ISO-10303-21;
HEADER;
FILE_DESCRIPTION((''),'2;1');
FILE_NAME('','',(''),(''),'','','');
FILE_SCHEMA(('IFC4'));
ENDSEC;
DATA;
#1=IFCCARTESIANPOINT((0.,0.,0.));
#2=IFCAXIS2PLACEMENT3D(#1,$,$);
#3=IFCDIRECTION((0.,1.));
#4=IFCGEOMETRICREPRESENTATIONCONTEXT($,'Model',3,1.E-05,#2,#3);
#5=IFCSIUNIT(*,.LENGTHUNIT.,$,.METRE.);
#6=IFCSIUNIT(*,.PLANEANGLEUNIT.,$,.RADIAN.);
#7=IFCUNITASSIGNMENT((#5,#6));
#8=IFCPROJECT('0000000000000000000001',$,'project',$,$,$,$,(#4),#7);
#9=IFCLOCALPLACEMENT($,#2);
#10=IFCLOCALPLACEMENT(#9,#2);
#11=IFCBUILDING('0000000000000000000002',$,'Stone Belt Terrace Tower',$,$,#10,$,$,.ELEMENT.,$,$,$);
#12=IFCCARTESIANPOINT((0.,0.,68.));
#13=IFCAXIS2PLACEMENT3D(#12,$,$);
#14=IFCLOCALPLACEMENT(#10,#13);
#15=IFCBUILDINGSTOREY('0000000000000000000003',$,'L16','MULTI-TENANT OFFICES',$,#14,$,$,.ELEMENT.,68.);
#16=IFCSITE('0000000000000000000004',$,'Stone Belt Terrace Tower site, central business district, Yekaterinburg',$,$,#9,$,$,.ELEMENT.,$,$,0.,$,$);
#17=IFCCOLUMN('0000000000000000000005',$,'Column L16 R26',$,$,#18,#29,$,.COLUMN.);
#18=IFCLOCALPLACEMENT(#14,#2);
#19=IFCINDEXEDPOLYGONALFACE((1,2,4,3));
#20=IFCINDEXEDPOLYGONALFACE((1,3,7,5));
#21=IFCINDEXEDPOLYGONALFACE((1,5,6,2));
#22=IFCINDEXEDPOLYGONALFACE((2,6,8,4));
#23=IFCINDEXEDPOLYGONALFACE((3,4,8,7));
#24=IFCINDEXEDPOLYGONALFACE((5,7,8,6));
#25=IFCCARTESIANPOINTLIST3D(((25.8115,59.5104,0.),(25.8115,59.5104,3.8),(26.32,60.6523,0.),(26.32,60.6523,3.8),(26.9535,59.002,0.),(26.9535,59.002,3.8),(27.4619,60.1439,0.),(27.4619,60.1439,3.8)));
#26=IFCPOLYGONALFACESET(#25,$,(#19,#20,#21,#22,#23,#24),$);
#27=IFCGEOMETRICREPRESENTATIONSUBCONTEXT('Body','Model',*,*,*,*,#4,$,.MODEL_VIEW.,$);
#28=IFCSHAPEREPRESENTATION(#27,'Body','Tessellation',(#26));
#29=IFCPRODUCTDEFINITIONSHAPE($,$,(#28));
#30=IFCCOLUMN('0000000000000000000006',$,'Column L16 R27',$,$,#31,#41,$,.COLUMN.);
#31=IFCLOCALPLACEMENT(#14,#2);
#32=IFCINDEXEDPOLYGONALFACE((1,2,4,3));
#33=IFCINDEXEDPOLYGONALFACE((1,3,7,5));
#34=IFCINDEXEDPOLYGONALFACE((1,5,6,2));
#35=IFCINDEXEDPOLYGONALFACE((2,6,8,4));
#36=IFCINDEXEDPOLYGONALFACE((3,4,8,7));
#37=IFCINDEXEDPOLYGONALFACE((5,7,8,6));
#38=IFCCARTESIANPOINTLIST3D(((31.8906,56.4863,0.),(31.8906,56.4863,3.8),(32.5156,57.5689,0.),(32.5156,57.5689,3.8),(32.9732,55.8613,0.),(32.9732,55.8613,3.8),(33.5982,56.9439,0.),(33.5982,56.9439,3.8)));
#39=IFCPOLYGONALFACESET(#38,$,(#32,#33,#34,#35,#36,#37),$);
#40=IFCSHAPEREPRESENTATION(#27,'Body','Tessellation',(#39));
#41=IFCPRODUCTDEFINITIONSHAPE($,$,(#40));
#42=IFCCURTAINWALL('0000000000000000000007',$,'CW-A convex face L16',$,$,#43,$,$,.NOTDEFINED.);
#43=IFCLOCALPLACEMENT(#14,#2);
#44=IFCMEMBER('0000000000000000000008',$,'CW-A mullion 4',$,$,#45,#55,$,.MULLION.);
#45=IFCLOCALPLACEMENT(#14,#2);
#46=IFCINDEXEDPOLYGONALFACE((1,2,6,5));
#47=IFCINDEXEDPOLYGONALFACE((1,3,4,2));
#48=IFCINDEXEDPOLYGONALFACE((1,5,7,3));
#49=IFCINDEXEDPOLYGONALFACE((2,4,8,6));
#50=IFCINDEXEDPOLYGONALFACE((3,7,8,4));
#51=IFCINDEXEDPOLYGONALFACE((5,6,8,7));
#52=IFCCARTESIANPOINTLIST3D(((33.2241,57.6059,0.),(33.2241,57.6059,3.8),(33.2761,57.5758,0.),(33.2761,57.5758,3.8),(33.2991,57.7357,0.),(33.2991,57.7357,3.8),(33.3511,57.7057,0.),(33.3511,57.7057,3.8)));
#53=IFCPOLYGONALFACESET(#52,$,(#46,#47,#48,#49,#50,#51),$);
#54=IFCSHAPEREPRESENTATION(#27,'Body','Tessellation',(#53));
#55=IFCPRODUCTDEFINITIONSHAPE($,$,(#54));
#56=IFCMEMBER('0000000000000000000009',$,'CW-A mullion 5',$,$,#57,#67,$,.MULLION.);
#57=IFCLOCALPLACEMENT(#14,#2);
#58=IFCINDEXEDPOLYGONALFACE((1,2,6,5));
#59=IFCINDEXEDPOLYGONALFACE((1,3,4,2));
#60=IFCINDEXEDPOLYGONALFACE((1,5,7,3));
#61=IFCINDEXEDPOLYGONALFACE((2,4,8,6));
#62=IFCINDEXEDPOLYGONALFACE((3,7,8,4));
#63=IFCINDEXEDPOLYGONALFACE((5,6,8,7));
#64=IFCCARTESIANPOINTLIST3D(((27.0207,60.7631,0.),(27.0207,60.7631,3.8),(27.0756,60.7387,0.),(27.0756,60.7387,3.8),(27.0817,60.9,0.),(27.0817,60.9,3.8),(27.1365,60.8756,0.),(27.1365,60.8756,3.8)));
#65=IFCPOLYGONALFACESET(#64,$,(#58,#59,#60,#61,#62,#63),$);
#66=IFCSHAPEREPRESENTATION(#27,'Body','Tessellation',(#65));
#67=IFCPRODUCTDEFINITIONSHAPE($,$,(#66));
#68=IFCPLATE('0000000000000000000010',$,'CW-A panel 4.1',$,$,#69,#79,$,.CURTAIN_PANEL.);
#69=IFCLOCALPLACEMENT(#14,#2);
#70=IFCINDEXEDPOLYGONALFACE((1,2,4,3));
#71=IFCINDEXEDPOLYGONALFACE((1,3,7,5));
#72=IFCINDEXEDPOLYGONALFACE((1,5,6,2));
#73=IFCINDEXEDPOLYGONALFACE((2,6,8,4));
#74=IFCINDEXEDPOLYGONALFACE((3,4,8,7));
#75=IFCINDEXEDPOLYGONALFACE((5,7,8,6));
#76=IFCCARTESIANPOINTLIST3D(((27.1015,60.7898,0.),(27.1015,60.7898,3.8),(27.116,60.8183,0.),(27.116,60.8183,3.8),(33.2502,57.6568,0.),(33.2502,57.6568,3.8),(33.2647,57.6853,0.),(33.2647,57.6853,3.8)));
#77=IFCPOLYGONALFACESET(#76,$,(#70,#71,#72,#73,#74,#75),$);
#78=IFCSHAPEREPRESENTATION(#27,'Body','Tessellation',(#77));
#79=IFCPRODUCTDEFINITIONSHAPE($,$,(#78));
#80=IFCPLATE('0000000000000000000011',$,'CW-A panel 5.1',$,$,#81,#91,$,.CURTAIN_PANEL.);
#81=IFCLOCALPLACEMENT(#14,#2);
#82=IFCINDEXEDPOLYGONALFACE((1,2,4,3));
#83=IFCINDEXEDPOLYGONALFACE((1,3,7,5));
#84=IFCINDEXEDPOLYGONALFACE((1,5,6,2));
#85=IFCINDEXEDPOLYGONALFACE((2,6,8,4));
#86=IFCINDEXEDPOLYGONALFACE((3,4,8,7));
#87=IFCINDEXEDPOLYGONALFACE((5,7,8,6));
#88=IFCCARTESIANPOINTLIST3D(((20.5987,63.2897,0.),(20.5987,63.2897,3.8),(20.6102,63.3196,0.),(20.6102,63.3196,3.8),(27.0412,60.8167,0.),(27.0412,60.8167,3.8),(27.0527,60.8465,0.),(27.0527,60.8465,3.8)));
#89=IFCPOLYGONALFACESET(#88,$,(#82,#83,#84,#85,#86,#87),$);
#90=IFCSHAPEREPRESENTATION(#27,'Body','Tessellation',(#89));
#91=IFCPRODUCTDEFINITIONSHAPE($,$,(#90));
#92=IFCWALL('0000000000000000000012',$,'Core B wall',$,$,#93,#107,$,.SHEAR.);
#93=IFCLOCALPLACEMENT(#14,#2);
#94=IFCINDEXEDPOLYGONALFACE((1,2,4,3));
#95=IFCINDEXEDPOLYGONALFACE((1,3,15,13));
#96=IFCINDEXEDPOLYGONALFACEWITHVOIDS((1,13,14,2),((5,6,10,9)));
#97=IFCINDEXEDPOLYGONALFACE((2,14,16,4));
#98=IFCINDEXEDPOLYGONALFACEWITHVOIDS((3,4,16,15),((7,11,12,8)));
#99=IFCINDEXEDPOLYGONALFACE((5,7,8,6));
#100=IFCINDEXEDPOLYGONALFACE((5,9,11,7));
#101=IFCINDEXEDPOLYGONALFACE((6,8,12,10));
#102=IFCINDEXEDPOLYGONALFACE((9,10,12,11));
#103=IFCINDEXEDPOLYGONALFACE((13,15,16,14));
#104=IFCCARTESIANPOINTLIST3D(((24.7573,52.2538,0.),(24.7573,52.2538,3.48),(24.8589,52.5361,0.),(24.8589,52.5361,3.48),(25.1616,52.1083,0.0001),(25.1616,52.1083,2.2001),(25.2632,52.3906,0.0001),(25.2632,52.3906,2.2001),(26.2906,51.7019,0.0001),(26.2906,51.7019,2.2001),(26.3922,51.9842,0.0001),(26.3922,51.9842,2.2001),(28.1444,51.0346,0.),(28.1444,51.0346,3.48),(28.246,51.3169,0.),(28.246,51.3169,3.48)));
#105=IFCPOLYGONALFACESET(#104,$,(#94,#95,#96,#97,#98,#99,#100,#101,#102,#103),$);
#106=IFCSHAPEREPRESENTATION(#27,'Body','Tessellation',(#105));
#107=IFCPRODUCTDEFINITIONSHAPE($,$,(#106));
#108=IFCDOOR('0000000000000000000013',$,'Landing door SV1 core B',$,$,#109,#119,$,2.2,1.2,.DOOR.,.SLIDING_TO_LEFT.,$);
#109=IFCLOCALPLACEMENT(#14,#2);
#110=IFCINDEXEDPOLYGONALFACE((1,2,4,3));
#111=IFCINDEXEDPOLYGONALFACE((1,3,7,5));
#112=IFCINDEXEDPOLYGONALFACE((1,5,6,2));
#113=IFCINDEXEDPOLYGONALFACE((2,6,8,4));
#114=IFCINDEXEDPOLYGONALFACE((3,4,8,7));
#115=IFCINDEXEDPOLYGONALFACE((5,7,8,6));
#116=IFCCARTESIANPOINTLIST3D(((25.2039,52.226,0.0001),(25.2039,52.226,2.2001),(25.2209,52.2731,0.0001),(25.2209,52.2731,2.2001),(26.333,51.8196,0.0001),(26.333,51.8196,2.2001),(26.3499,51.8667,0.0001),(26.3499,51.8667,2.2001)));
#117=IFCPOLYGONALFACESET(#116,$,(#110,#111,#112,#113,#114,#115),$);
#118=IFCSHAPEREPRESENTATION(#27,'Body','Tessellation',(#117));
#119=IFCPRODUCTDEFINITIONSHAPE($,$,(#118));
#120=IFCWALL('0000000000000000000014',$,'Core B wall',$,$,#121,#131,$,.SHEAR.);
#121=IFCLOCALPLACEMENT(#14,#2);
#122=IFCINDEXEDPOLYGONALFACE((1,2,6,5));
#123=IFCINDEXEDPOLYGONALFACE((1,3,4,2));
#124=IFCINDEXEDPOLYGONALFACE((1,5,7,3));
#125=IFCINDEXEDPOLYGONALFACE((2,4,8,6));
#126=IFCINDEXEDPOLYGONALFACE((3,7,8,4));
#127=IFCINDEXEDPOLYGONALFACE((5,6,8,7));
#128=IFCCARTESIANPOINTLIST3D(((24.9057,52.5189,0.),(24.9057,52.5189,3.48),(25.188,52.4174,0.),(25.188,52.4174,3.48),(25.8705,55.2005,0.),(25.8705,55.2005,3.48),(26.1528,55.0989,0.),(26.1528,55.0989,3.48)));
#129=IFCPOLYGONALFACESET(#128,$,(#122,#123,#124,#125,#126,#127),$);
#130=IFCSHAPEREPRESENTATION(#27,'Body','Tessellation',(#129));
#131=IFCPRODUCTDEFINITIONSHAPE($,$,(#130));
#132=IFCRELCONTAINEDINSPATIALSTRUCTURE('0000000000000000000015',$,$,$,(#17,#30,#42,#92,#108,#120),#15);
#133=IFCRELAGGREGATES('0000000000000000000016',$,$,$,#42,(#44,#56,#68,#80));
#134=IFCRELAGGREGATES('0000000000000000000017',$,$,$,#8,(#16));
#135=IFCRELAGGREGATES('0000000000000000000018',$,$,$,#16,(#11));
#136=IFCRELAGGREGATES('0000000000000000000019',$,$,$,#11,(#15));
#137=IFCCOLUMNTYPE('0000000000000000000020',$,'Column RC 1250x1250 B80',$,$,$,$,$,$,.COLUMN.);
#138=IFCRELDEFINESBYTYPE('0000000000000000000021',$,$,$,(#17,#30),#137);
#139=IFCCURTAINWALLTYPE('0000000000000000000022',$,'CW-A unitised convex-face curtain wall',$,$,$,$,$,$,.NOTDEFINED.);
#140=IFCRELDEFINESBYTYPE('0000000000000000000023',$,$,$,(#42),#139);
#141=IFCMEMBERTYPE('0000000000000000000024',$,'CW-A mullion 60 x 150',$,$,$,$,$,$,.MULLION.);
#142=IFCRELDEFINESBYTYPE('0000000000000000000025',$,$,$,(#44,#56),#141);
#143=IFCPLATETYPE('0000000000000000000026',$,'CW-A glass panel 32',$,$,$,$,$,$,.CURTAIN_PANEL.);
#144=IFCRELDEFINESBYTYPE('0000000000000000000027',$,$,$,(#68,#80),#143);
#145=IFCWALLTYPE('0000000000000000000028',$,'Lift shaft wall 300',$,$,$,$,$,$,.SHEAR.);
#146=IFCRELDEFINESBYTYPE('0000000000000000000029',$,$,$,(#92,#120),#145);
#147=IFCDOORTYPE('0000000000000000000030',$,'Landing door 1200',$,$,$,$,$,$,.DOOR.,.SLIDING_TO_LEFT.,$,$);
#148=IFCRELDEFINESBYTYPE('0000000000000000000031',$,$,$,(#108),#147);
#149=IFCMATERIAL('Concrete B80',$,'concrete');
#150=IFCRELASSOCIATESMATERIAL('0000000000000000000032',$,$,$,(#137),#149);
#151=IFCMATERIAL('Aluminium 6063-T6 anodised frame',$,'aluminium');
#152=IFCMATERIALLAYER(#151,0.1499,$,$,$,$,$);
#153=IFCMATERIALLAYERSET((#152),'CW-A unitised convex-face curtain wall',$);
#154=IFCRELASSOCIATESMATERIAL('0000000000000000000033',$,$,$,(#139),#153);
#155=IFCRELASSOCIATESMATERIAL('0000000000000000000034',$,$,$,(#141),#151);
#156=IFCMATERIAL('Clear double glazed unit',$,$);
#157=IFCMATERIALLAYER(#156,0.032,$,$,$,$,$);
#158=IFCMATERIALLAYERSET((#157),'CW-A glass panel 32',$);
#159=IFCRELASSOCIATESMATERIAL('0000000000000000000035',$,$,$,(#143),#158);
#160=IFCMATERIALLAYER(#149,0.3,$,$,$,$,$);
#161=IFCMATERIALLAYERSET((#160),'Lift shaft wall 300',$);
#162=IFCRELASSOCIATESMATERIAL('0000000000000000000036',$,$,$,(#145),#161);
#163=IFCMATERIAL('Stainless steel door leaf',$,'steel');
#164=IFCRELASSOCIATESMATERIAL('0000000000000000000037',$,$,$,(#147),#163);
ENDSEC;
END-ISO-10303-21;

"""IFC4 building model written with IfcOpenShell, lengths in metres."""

from ifc_helpers import new_model, si_unit, direction, frame, frame_2d, origin, origin_2d, place, context, subcontext, project, spatial, rectangle, extrude, material, layer, layer_set, material_profile, profile_set, type_object, element, fill, aggregate, save


model = new_model("IFC4")

# Units and contexts
model_context = context("Model", 3, precision=1e-05, world=origin(), true_north=direction((0.0, 1.0)))
body_context = subcontext(model_context, "Body", "Model", "MODEL_VIEW")
ifc_project = project(units=[si_unit("LENGTHUNIT", "METRE"), si_unit("PLANEANGLEUNIT", "RADIAN")], contexts=[model_context])

# Site, building, storey
site_placement = place(None, origin())
site = spatial("IfcSite", under=ifc_project, at=site_placement, Name="Stone Belt Terrace Tower site, central business district, Yekaterinburg", CompositionType="ELEMENT", RefElevation=0.0)
building_placement = place(site_placement, origin())
building = spatial("IfcBuilding", under=site, at=building_placement, Name="Stone Belt Terrace Tower", CompositionType="ELEMENT")
storey_placement = place(building_placement, frame((0.0, 0.0, 68.0)))
storey = spatial("IfcBuildingStorey", under=building, at=storey_placement, Name="L16", Description="MULTI-TENANT OFFICES", CompositionType="ELEMENT", Elevation=68.0)

# Columns
ifc_material_1 = material(Name="Concrete B80", Category="concrete")
ifc_material_profile_1 = material_profile(ifc_material_1, rectangle(XDim=1.25, YDim=1.25, at=origin_2d()), Name="RC 1250x1250")
ifc_profile_set_1 = profile_set([ifc_material_profile_1], Name="Concrete B80")
column_type = type_object("IfcColumnType", Name="Column RC 1250x1250 B80", PredefinedType="COLUMN", material=ifc_profile_set_1)
for number, where, z_axis, x_axis, name in (
    (1, (26.6367, 59.8271, 0.0), (0.0, 0.0, 1.0), (0.913545, -0.406737, 0.0), "Column L16 R26"),
    (2, (32.7444, 56.7151, 0.0), (0.0, 0.0, 1.0), (0.866025, -0.5, 0.0), "Column L16 R27"),
):
    element("IfcColumn", number, at=place(storey_placement, frame(where, z_axis=z_axis, x_axis=x_axis)), inside=storey, type_object=column_type, Name=name, PredefinedType="COLUMN", context=body_context, shape_type="SweptSolid", body=[
        extrude(rectangle(XDim=1.25, YDim=1.25, at=origin_2d()), origin(), (0.0, 0.0, 1.0), 3.8),
    ])

# Curtain wall, members, plates
ifc_material_2 = material(Name="Aluminium 6063-T6 anodised frame", Category="aluminium")
ifc_layer_1 = layer(ifc_material_2, 0.1499)
ifc_layer_set_1 = layer_set([ifc_layer_1], Name="CW-A unitised convex-face curtain wall")
curtain_wall_type = type_object("IfcCurtainWallType", Name="CW-A unitised convex-face curtain wall", PredefinedType="NOTDEFINED", material=ifc_layer_set_1)
curtain_wall_placement = place(storey_placement, origin())
curtain_wall = element("IfcCurtainWall", 3, at=curtain_wall_placement, inside=storey, type_object=curtain_wall_type, Name="CW-A convex face L16", PredefinedType="NOTDEFINED")
ifc_material_profile_2 = material_profile(ifc_material_2, rectangle(XDim=0.1499, YDim=0.0601, at=origin_2d()), Name="Aluminium 6063-T6 60x150")
ifc_profile_set_2 = profile_set([ifc_material_profile_2], Name="Aluminium 6063-T6 anodised frame")
member_type = type_object("IfcMemberType", Name="CW-A mullion 60 x 150", PredefinedType="MULLION", material=ifc_profile_set_2)
member_1_placement = place(storey_placement, frame((33.2876, 57.6558, 0.0), z_axis=(0.0, 0.0, 1.0), x_axis=(-0.5, -0.866025, 0.0)))
member_1 = element("IfcMember", 4, at=member_1_placement, type_object=member_type, Name="CW-A mullion 4", PredefinedType="MULLION", context=body_context, shape_type="SweptSolid", body=[
    extrude(rectangle(XDim=0.1499, YDim=0.0601, at=origin_2d()), origin(), (0.0, 0.0, 1.0), 3.8),
])
member_2_placement = place(storey_placement, frame((27.0786, 60.8193, 0.0), z_axis=(0.0, 0.0, 1.0), x_axis=(-0.406737, -0.913545, 0.0)))
member_2 = element("IfcMember", 5, at=member_2_placement, type_object=member_type, Name="CW-A mullion 5", PredefinedType="MULLION", context=body_context, shape_type="SweptSolid", body=[
    extrude(rectangle(XDim=0.1499, YDim=0.0601, at=origin_2d()), origin(), (0.0, 0.0, 1.0), 3.8),
])
ifc_material_3 = material(Name="Clear double glazed unit")
ifc_layer_2 = layer(ifc_material_3, 0.032)
ifc_layer_set_2 = layer_set([ifc_layer_2], Name="CW-A glass panel 32")
plate_type = type_object("IfcPlateType", Name="CW-A glass panel 32", PredefinedType="CURTAIN_PANEL", material=ifc_layer_set_2)
plate_1_placement = place(storey_placement, frame((30.1831, 59.2375, 0.0), z_axis=(0.0, 0.0, 1.0), x_axis=(-0.891007, 0.45399, 0.0)))
plate_1 = element("IfcPlate", 6, at=plate_1_placement, type_object=plate_type, Name="CW-A panel 4.1", PredefinedType="CURTAIN_PANEL", context=body_context, shape_type="SweptSolid", body=[
    extrude(rectangle(XDim=6.9009, YDim=0.032, at=origin_2d()), origin(), (0.0, 0.0, 1.0), 3.8),
])
plate_2_placement = place(storey_placement, frame((23.8257, 62.0681, 0.0), z_axis=(0.0, 0.0, 1.0), x_axis=(-0.93358, 0.358368, 0.0)))
plate_2 = element("IfcPlate", 7, at=plate_2_placement, type_object=plate_type, Name="CW-A panel 5.1", PredefinedType="CURTAIN_PANEL", context=body_context, shape_type="SweptSolid", body=[
    extrude(rectangle(XDim=6.9009, YDim=0.032, at=origin_2d()), origin(), (0.0, 0.0, 1.0), 3.8),
])
aggregate(curtain_wall, [member_1, member_2, plate_1, plate_2])

# Wall, opening, door
ifc_layer_3 = layer(ifc_material_1, 0.3)
ifc_layer_set_3 = layer_set([ifc_layer_3], Name="Lift shaft wall 300")
wall_type_1 = type_object("IfcWallType", Name="Lift shaft wall 300", PredefinedType="SHEAR", material=ifc_layer_set_3)
wall_1_placement = place(storey_placement, frame((28.1951, 51.1758, 0.0), z_axis=(0.0, 0.0, 1.0), x_axis=(-0.940901, 0.338681, 0.0)))
wall_1 = element("IfcWall", 8, at=wall_1_placement, inside=storey, type_object=wall_type_1, Name="Core B wall", PredefinedType="SHEAR", context=body_context, shape_type="SweptSolid", body=[
    extrude(rectangle(XDim=3.5999, YDim=0.3, at=frame_2d((1.7998, 0.0))), origin(), (0.0, 0.0, 1.0), 3.48),
])
opening_1_placement = place(wall_1_placement, frame((1.97, 0.0, 0.0)))
opening_1 = element("IfcOpeningElement", 9, at=opening_1_placement, cuts=wall_1, PredefinedType="OPENING", context=body_context, shape_type="SweptSolid", body=[
    extrude(rectangle(XDim=1.2, YDim=2.2, at=frame_2d((0.6001, 1.1001))), frame((0.0, 0.1599, 0.0), z_axis=(0.0, -1.0, 0.0), x_axis=(1.0, 0.0, 0.0)), (0.0, 0.0, 1.0), 0.3201),
])
ifc_material_4 = material(Name="Stainless steel door leaf", Category="steel")
door_type_1 = type_object("IfcDoorType", Name="Landing door 1200", OperationType="SLIDING_TO_LEFT", PredefinedType="DOOR", material=ifc_material_4)
door_1_placement = place(opening_1_placement, origin())
door_1 = element("IfcDoor", 10, at=door_1_placement, inside=storey, type_object=door_type_1, Name="Landing door SV1 core B", OperationType="SLIDING_TO_LEFT", OverallHeight=2.2, OverallWidth=1.2, PredefinedType="DOOR", context=body_context, shape_type="SweptSolid", body=[
    extrude(rectangle(XDim=1.2, YDim=2.2, at=frame_2d((0.6001, 1.1001))), frame((0.0, 0.0249, 0.0), z_axis=(0.0, -1.0, 0.0), x_axis=(1.0, 0.0, 0.0)), (0.0, 0.0, 1.0), 0.05),
])
fill(opening_1, door_1)

# Wall
wall_2_placement = place(storey_placement, frame((25.0469, 52.4683, 0.0), z_axis=(0.0, 0.0, 1.0), x_axis=(0.33855, 0.940949, 0.0)))
element("IfcWall", 11, at=wall_2_placement, inside=storey, type_object=wall_type_1, Name="Core B wall", PredefinedType="SHEAR", context=body_context, shape_type="SweptSolid", body=[
    extrude(rectangle(XDim=2.8499, YDim=0.3, at=frame_2d((1.4248, 0.0))), origin(), (0.0, 0.0, 1.0), 3.48),
])

save(model, "model.ifc")
